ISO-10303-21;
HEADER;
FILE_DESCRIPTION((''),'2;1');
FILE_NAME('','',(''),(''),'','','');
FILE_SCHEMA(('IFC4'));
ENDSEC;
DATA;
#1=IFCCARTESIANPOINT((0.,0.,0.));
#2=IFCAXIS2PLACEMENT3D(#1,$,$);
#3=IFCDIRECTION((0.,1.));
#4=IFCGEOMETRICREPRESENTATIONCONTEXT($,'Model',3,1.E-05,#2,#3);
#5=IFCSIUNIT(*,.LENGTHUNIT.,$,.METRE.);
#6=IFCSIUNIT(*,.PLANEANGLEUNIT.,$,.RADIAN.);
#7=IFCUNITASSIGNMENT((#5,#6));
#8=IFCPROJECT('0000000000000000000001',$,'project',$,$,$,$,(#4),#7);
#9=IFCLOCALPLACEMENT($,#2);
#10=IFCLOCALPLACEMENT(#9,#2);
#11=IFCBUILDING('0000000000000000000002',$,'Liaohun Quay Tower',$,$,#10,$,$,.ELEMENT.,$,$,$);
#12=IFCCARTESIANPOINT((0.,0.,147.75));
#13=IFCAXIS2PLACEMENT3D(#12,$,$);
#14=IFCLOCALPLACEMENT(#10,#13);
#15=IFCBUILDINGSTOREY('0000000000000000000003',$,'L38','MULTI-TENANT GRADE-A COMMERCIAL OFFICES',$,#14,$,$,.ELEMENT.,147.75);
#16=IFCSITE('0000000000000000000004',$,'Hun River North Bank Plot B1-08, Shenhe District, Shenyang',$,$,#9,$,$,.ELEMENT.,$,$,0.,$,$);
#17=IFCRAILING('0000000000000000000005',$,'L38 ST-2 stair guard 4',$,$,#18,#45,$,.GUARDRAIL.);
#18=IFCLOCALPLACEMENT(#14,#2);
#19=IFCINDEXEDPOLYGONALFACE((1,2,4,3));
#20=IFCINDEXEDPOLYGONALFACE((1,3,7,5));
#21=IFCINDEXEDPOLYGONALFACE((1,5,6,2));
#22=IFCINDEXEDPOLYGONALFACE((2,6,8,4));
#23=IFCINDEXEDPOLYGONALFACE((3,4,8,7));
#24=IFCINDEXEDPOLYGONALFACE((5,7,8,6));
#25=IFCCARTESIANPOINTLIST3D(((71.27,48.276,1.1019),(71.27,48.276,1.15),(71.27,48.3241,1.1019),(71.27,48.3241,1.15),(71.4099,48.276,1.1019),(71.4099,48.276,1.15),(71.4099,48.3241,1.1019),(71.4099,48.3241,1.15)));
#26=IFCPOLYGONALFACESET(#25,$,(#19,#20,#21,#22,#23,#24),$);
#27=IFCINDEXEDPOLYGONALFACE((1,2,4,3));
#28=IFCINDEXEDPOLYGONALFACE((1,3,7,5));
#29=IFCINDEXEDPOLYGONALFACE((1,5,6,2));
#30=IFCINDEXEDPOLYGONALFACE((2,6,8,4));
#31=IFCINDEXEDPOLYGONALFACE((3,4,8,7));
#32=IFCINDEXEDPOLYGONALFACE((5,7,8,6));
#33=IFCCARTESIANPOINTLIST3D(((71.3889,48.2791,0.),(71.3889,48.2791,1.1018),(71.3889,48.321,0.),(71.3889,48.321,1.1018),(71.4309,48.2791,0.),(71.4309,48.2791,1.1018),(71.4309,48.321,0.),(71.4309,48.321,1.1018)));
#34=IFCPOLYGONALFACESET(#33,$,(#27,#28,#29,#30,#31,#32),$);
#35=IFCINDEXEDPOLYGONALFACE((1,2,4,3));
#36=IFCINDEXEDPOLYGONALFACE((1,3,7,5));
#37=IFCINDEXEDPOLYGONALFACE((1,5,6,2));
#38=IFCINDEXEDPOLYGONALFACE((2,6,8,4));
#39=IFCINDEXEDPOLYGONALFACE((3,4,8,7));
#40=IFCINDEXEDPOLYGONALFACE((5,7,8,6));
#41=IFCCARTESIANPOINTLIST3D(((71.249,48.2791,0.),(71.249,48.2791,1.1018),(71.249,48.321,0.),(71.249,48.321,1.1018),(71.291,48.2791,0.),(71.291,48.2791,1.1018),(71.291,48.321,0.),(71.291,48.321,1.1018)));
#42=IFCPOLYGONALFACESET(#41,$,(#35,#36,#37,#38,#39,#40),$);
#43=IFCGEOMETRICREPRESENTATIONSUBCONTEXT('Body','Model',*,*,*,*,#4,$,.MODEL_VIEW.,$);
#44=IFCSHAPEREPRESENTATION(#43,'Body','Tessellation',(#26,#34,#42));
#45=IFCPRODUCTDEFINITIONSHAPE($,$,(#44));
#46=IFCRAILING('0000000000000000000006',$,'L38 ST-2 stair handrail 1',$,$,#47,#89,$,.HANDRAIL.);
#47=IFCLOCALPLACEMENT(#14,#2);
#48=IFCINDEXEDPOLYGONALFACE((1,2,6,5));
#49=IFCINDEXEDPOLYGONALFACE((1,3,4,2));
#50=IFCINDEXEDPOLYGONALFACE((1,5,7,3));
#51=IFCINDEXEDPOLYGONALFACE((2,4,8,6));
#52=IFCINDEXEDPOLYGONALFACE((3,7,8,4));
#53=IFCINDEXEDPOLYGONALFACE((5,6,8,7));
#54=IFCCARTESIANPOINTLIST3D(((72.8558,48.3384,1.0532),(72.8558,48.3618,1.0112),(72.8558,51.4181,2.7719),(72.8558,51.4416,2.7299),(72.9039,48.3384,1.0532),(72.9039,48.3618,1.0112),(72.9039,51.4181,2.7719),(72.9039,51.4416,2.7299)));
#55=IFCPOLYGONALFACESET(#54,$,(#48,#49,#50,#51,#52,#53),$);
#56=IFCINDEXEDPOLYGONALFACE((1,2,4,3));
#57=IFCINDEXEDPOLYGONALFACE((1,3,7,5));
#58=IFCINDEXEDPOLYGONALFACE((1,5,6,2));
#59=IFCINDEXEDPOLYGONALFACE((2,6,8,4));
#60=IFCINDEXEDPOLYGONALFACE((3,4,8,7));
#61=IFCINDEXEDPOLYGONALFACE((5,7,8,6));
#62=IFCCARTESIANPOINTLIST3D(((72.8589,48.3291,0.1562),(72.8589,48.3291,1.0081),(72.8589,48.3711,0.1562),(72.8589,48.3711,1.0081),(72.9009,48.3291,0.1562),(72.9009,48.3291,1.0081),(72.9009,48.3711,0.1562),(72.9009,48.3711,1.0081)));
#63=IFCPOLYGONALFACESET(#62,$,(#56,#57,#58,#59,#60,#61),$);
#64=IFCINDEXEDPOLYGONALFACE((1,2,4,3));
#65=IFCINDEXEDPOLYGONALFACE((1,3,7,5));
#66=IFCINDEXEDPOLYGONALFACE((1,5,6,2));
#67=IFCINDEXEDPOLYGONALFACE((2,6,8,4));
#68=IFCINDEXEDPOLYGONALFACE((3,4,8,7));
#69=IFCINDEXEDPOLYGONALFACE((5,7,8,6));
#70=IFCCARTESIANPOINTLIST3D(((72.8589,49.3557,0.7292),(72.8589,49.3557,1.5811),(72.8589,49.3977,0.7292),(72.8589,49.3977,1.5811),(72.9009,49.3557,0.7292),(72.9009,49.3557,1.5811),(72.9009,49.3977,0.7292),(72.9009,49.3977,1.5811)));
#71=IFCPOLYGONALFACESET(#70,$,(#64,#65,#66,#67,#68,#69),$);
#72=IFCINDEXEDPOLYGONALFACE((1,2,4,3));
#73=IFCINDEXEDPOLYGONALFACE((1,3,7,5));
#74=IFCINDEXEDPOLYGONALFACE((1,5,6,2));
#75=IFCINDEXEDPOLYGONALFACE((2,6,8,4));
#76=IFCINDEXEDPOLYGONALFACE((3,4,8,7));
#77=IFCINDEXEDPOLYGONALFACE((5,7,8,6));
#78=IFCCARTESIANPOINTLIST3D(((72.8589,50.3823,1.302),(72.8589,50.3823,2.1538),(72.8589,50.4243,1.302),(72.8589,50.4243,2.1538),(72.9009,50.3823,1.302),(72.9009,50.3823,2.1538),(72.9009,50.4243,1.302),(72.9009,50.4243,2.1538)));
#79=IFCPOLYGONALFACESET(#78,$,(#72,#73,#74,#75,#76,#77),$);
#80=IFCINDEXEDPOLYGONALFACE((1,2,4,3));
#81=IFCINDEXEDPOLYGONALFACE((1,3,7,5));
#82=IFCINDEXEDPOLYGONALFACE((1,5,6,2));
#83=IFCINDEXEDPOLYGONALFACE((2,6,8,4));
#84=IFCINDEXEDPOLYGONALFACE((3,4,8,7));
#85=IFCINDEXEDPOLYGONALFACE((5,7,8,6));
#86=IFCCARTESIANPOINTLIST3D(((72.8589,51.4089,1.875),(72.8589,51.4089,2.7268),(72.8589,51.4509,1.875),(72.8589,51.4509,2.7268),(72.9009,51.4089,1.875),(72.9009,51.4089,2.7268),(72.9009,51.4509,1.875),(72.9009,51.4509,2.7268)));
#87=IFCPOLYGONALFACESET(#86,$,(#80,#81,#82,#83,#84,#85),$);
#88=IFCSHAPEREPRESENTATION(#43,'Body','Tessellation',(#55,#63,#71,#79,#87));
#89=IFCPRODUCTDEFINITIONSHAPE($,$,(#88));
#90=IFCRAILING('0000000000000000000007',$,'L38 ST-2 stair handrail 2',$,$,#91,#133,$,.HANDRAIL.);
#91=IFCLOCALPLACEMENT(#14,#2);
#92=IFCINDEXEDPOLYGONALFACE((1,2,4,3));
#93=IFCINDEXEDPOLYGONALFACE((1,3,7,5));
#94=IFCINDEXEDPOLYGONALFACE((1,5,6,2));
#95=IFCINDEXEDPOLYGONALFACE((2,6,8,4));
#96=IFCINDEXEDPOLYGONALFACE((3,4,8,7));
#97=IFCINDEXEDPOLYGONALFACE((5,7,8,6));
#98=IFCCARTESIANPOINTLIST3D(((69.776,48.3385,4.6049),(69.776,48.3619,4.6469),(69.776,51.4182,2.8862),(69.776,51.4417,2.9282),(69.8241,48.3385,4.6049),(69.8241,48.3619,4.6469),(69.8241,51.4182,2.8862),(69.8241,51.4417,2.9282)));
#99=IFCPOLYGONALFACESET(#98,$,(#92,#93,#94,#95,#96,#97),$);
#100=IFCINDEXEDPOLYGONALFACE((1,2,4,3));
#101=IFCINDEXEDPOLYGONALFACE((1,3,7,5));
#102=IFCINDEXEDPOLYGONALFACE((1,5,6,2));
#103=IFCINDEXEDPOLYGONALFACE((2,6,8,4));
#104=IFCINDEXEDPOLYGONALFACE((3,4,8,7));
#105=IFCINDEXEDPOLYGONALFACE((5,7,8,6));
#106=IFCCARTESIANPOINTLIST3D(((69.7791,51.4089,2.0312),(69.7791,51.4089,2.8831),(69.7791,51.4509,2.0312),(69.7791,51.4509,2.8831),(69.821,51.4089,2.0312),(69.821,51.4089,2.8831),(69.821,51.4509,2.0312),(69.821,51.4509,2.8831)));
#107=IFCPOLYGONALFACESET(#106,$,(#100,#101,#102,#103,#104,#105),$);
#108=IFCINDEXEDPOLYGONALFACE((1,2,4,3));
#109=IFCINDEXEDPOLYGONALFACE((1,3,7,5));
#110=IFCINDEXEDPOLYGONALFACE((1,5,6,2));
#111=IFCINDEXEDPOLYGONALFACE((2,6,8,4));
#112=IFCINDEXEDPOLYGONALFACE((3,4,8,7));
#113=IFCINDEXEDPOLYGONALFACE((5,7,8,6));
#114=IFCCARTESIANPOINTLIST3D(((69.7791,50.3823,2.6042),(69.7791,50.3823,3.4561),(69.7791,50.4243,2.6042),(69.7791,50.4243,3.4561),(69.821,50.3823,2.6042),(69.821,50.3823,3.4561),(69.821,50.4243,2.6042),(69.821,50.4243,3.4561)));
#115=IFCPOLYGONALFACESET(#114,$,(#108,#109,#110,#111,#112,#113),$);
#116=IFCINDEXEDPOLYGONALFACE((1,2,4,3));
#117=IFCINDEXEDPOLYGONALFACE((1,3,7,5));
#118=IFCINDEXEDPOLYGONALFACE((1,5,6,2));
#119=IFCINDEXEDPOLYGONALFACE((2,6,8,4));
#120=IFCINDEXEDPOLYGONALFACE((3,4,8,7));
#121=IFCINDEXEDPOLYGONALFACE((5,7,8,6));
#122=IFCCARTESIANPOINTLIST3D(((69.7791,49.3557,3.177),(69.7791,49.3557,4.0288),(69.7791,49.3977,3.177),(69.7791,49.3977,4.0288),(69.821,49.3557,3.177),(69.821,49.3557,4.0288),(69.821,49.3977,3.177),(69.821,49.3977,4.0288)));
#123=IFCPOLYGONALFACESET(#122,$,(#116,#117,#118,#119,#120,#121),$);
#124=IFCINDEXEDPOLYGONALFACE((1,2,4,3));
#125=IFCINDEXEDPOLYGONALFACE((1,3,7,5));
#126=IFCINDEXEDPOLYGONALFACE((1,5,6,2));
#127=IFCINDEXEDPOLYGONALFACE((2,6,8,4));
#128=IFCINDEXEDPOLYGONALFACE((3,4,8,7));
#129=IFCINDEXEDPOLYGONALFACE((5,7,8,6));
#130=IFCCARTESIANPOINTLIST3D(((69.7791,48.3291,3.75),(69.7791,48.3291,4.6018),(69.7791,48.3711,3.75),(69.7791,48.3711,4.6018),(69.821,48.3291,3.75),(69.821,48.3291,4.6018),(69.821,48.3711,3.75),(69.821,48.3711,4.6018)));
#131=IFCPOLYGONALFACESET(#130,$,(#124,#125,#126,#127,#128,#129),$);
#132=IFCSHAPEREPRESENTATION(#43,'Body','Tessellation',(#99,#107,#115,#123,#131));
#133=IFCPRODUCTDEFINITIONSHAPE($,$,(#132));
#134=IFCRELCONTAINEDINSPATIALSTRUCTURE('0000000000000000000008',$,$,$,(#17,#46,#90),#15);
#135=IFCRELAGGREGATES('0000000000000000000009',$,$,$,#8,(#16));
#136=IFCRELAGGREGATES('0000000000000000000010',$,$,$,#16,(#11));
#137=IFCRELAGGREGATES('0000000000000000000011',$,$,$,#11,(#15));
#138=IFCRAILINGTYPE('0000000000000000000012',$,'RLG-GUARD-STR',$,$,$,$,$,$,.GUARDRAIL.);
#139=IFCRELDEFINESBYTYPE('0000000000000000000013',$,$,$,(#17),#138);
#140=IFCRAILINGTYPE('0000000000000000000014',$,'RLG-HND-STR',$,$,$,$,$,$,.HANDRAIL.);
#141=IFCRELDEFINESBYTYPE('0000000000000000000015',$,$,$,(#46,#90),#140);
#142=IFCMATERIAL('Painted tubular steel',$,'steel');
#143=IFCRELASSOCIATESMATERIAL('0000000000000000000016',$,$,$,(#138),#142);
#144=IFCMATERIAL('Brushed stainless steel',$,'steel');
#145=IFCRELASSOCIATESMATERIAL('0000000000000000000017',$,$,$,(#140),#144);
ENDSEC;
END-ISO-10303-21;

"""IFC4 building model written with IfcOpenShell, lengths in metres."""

from ifc_helpers import new_model, si_unit, direction, frame, origin, origin_2d, place, context, subcontext, project, spatial, rectangle, extrude, material, type_object, element, save


model = new_model("IFC4")

# Units and contexts
model_context = context("Model", 3, precision=1e-05, world=origin(), true_north=direction((0.0, 1.0)))
body_context = subcontext(model_context, "Body", "Model", "MODEL_VIEW")
ifc_project = project(units=[si_unit("LENGTHUNIT", "METRE"), si_unit("PLANEANGLEUNIT", "RADIAN")], contexts=[model_context])

# Site, building, storey
site_placement = place(None, origin())
site = spatial("IfcSite", under=ifc_project, at=site_placement, Name="Hun River North Bank Plot B1-08, Shenhe District, Shenyang", CompositionType="ELEMENT", RefElevation=0.0)
building_placement = place(site_placement, origin())
building = spatial("IfcBuilding", under=site, at=building_placement, Name="Liaohun Quay Tower", CompositionType="ELEMENT")
storey_placement = place(building_placement, frame((0.0, 0.0, 147.75)))
storey = spatial("IfcBuildingStorey", under=building, at=storey_placement, Name="L38", Description="MULTI-TENANT GRADE-A COMMERCIAL OFFICES", CompositionType="ELEMENT", Elevation=147.75)

# Railings
ifc_material_1 = material(Name="Painted tubular steel", Category="steel")
railing_type_1 = type_object("IfcRailingType", Name="RLG-GUARD-STR", PredefinedType="GUARDRAIL", material=ifc_material_1)
railing_1_placement = place(storey_placement, frame((71.4099, 48.3, 0.0)))
element("IfcRailing", 1, at=railing_1_placement, inside=storey, type_object=railing_type_1, Name="L38 ST-2 stair guard 4", PredefinedType="GUARDRAIL", context=body_context, shape_type="SweptSolid", body=[
    extrude(rectangle(XDim=0.0481, YDim=0.0481, at=origin_2d()), frame((0.0, 0.0, 1.126), z_axis=(-1.0, 0.0, 0.0), x_axis=(0.0, -1.0, 0.0)), (0.0, 0.0, 1.0), 0.1399),
    extrude(rectangle(XDim=0.042, YDim=0.042, at=origin_2d()), origin(), (0.0, 0.0, 1.0), 1.1018),
    extrude(rectangle(XDim=0.042, YDim=0.042, at=origin_2d()), frame((-0.1399, 0.0, 0.0)), (0.0, 0.0, 1.0), 1.1018),
])
ifc_material_2 = material(Name="Brushed stainless steel", Category="steel")
railing_type_2 = type_object("IfcRailingType", Name="RLG-HND-STR", PredefinedType="HANDRAIL", material=ifc_material_2)
railing_2_placement = place(storey_placement, frame((72.8799, 48.3501, 0.1562)))
element("IfcRailing", 2, at=railing_2_placement, inside=storey, type_object=railing_type_2, Name="L38 ST-2 stair handrail 1", PredefinedType="HANDRAIL", context=body_context, shape_type="SweptSolid", body=[
    extrude(rectangle(XDim=0.0481, YDim=0.0481, at=origin_2d()), frame((0.0, 0.0, 0.876), z_axis=(0.0, 0.873225, 0.487317), x_axis=(-1.0, 0.0, 0.0)), (0.0, 0.0, 1.0), 3.5269),
    extrude(rectangle(XDim=0.042, YDim=0.042, at=origin_2d()), origin(), (0.0, 0.0, 1.0), 0.8518),
    extrude(rectangle(XDim=0.042, YDim=0.042, at=origin_2d()), frame((0.0, 1.0266, 0.573)), (0.0, 0.0, 1.0), 0.8518),
    extrude(rectangle(XDim=0.042, YDim=0.042, at=origin_2d()), frame((0.0, 2.0532, 1.1458)), (0.0, 0.0, 1.0), 0.8518),
    extrude(rectangle(XDim=0.042, YDim=0.042, at=origin_2d()), frame((0.0, 3.0798, 1.7188)), (0.0, 0.0, 1.0), 0.8518),
])
railing_3_placement = place(storey_placement, frame((69.8, 51.4299, 2.0312)))
element("IfcRailing", 3, at=railing_3_placement, inside=storey, type_object=railing_type_2, Name="L38 ST-2 stair handrail 2", PredefinedType="HANDRAIL", context=body_context, shape_type="SweptSolid", body=[
    extrude(rectangle(XDim=0.0481, YDim=0.0481, at=origin_2d()), frame((0.0, 0.0, 0.876), z_axis=(0.0, -0.873225, 0.487317), x_axis=(1.0, 0.0, 0.0)), (0.0, 0.0, 1.0), 3.5269),
    extrude(rectangle(XDim=0.042, YDim=0.042, at=origin_2d()), origin(), (0.0, 0.0, 1.0), 0.8518),
    extrude(rectangle(XDim=0.042, YDim=0.042, at=origin_2d()), frame((0.0, -1.0266, 0.573)), (0.0, 0.0, 1.0), 0.8518),
    extrude(rectangle(XDim=0.042, YDim=0.042, at=origin_2d()), frame((0.0, -2.0532, 1.1458)), (0.0, 0.0, 1.0), 0.8518),
    extrude(rectangle(XDim=0.042, YDim=0.042, at=origin_2d()), frame((0.0, -3.0798, 1.7188)), (0.0, 0.0, 1.0), 0.8518),
])

save(model, "model.ifc")
